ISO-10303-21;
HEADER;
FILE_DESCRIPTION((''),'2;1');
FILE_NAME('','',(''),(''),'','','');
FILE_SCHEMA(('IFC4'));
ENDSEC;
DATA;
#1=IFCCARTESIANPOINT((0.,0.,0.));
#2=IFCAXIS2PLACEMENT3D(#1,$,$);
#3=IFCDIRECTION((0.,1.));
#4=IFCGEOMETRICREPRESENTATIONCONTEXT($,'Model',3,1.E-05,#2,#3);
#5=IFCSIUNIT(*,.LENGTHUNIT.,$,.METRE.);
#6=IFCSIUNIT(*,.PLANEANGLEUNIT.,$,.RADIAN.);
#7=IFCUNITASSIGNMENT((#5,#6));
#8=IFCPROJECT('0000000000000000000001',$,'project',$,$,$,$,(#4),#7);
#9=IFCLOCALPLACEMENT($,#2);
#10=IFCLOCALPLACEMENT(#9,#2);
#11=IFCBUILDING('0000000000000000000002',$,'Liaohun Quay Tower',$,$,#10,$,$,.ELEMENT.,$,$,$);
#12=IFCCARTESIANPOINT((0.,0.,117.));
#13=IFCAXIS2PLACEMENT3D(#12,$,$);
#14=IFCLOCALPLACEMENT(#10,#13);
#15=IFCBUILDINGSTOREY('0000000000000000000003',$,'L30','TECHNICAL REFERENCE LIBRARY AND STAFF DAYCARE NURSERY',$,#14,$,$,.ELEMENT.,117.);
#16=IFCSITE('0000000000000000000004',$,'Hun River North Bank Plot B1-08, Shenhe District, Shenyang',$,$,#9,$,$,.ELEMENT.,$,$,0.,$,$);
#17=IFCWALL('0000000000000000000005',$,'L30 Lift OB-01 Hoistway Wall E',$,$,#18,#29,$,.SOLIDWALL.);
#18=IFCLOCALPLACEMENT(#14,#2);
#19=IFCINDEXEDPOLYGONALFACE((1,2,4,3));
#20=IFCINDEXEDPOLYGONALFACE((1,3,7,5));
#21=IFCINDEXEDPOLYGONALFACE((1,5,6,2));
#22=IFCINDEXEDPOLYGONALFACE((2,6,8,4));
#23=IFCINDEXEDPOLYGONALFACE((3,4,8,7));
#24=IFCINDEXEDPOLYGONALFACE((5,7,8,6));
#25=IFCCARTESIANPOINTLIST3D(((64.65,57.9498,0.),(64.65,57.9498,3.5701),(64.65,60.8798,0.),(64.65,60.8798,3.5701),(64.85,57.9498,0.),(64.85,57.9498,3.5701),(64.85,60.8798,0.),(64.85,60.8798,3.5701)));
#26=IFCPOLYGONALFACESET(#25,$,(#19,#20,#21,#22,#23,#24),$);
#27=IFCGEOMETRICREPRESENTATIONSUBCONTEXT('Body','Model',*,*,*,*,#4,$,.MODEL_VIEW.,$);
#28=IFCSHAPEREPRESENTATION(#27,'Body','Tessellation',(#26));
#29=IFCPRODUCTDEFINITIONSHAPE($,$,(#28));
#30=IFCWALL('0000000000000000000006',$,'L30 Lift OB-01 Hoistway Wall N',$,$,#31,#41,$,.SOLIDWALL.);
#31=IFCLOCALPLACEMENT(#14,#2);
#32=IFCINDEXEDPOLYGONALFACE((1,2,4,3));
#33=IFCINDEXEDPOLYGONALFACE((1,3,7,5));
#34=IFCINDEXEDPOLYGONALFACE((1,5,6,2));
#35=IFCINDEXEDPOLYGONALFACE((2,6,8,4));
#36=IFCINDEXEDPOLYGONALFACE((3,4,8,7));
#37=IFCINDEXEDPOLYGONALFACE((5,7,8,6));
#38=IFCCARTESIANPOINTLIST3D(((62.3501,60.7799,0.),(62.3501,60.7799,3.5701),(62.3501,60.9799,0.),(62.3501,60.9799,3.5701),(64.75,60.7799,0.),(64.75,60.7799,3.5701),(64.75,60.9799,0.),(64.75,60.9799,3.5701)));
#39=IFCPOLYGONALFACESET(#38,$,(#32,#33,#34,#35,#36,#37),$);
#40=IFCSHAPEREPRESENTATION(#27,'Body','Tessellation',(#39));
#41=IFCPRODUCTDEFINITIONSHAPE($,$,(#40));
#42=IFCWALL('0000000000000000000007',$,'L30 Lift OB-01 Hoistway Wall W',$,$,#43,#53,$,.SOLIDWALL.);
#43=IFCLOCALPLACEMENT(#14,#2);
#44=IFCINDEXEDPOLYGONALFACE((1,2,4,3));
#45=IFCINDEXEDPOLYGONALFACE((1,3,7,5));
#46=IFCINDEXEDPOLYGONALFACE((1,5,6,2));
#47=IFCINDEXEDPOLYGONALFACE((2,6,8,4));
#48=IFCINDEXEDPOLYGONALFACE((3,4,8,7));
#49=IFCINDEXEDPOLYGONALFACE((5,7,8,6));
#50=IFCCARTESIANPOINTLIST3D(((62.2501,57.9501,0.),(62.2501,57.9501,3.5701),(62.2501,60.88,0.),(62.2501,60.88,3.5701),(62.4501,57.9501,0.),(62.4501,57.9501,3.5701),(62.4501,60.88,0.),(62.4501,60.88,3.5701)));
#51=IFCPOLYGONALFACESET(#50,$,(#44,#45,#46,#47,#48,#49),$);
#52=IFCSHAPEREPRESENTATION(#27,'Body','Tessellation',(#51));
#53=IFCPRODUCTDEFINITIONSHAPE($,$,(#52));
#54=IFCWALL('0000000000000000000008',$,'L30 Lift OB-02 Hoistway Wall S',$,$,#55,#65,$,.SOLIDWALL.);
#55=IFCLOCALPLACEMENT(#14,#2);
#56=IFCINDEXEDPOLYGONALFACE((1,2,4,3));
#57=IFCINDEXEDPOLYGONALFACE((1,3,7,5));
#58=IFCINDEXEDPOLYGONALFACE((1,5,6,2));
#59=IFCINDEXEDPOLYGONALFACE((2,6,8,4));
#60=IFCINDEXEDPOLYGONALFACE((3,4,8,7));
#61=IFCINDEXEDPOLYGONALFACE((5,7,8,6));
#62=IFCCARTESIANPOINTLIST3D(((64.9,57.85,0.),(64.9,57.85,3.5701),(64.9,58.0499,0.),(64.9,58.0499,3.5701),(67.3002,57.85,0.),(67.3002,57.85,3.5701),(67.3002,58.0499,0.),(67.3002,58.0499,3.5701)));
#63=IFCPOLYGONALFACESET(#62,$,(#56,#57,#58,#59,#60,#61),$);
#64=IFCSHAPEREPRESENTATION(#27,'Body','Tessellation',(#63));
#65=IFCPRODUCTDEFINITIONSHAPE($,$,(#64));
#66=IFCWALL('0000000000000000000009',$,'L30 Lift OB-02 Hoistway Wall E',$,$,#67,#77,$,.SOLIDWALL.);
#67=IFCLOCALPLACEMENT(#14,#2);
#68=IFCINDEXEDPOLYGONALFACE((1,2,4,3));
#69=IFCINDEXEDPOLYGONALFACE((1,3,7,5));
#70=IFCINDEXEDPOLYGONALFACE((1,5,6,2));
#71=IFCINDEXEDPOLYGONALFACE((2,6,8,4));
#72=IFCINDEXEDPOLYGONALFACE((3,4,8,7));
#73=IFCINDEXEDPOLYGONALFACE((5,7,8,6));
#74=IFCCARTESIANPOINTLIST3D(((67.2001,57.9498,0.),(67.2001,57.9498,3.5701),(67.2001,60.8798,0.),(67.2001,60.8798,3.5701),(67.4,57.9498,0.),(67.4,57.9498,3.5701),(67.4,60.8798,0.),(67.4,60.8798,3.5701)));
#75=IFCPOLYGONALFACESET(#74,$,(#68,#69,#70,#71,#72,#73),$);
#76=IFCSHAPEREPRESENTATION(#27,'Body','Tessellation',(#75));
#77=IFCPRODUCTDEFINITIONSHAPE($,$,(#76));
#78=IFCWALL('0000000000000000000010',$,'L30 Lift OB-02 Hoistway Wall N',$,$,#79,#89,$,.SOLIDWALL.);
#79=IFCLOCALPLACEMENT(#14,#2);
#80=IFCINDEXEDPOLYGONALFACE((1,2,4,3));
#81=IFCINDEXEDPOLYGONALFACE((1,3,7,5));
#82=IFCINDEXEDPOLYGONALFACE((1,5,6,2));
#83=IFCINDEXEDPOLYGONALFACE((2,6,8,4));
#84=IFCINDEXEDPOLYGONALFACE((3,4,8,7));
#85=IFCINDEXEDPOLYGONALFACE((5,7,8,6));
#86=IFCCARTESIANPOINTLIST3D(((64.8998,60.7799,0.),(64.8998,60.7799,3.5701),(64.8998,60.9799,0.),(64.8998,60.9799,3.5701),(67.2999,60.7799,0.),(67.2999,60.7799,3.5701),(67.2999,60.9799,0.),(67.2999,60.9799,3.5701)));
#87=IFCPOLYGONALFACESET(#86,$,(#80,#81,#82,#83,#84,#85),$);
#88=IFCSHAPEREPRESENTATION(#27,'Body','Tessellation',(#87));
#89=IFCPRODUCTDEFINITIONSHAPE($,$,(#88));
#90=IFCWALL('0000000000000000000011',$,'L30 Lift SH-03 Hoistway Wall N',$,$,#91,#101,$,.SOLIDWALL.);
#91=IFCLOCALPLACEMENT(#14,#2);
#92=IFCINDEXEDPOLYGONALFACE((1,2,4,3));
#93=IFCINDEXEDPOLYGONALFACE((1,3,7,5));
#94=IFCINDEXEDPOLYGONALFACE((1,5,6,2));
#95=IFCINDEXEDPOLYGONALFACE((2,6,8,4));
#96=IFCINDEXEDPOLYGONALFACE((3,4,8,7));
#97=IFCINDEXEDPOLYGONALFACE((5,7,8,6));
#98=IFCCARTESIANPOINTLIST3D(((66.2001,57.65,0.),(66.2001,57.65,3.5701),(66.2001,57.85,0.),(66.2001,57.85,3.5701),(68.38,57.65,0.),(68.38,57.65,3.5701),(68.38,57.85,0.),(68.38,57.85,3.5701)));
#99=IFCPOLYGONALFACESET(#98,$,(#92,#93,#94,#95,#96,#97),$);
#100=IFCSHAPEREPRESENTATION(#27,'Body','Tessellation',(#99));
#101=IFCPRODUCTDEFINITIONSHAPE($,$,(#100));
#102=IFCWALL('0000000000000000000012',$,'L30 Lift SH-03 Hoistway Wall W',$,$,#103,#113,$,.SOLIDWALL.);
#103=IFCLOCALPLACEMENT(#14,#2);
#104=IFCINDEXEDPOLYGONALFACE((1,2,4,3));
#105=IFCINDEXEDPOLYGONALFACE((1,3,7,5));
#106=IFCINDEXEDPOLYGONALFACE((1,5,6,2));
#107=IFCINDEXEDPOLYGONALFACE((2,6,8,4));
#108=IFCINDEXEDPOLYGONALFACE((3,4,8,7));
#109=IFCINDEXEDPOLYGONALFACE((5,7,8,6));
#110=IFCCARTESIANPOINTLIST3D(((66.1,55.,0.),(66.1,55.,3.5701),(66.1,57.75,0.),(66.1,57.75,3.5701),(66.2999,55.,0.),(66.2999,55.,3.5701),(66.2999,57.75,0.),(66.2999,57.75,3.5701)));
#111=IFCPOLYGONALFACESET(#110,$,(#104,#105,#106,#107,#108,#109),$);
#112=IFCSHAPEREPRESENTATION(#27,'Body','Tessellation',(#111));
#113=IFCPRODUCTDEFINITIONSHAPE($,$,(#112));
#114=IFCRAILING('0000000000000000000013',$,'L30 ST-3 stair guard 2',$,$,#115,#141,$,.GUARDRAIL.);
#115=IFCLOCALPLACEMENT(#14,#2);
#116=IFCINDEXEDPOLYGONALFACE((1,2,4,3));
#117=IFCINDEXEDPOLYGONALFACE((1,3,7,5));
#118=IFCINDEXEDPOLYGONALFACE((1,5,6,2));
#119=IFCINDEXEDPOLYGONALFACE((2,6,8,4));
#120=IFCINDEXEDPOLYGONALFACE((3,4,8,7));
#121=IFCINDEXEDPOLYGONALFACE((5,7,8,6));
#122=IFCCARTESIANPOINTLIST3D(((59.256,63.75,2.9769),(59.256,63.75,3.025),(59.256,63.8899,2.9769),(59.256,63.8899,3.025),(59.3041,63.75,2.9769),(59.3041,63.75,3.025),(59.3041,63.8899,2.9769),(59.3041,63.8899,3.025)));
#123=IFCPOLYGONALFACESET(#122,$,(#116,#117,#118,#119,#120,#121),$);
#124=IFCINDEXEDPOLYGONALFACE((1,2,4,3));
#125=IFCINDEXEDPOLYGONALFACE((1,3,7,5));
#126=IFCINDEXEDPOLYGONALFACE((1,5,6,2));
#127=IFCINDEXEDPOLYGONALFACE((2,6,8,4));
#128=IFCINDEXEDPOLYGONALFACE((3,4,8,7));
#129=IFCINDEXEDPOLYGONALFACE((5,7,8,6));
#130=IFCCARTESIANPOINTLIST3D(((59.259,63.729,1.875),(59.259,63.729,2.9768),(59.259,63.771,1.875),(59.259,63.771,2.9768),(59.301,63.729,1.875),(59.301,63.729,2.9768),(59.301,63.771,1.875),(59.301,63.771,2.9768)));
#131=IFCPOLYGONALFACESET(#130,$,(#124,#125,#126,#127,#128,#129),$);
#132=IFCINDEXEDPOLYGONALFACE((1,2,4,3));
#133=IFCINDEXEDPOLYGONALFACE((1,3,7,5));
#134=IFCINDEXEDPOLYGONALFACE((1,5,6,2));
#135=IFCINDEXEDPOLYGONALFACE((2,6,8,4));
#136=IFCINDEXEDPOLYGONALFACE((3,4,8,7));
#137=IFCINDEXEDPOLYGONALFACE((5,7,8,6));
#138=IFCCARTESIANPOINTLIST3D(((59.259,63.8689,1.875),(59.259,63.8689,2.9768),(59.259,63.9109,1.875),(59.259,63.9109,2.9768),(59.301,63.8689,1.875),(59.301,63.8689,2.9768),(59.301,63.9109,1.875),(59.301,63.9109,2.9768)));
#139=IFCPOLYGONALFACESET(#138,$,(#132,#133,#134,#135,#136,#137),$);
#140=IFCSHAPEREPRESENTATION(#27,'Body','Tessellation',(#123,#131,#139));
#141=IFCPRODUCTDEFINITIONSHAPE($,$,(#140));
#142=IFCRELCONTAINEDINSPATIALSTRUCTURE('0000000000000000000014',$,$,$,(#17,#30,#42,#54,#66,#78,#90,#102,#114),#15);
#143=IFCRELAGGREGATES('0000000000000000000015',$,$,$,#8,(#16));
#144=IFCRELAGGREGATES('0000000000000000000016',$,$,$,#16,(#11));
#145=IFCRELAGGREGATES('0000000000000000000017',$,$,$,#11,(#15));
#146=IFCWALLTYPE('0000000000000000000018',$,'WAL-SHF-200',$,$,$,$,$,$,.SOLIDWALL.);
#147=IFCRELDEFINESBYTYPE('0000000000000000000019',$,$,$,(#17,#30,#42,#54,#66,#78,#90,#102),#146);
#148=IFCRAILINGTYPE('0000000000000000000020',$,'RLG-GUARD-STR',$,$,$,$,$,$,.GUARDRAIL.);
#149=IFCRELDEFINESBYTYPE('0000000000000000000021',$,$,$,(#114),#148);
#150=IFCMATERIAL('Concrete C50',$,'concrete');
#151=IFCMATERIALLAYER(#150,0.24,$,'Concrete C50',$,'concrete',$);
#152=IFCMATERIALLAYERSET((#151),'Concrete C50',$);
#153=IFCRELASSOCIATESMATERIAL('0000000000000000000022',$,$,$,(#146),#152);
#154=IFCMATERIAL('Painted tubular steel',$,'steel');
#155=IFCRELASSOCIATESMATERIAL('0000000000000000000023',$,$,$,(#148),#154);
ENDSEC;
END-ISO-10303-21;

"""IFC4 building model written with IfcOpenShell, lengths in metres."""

from ifc_helpers import new_model, si_unit, direction, frame, frame_2d, origin, origin_2d, place, context, subcontext, project, spatial, rectangle, extrude, material, layer, layer_set, type_object, element, save


model = new_model("IFC4")

# Units and contexts
model_context = context("Model", 3, precision=1e-05, world=origin(), true_north=direction((0.0, 1.0)))
body_context = subcontext(model_context, "Body", "Model", "MODEL_VIEW")
ifc_project = project(units=[si_unit("LENGTHUNIT", "METRE"), si_unit("PLANEANGLEUNIT", "RADIAN")], contexts=[model_context])

# Site, building, storey
site_placement = place(None, origin())
site = spatial("IfcSite", under=ifc_project, at=site_placement, Name="Hun River North Bank Plot B1-08, Shenhe District, Shenyang", CompositionType="ELEMENT", RefElevation=0.0)
building_placement = place(site_placement, origin())
building = spatial("IfcBuilding", under=site, at=building_placement, Name="Liaohun Quay Tower", CompositionType="ELEMENT")
storey_placement = place(building_placement, frame((0.0, 0.0, 117.0)))
storey = spatial("IfcBuildingStorey", under=building, at=storey_placement, Name="L30", Description="TECHNICAL REFERENCE LIBRARY AND STAFF DAYCARE NURSERY", CompositionType="ELEMENT", Elevation=117.0)

# Shared definitions
ifc_material_1 = material(Name="Concrete C50", Category="concrete")
ifc_layer_1 = layer(ifc_material_1, 0.24, Name="Concrete C50", Category="concrete")
ifc_layer_set_1 = layer_set([ifc_layer_1], Name="Concrete C50")
wall_type_1 = type_object("IfcWallType", Name="WAL-SHF-200", PredefinedType="SOLIDWALL", material=ifc_layer_set_1)

# Walls
wall_1_placement = place(storey_placement, frame((64.75, 57.95, 0.0), z_axis=(0.0, 0.0, 1.0), x_axis=(0.0, 1.0, 0.0)))
element("IfcWall", 1, at=wall_1_placement, inside=storey, type_object=wall_type_1, Name="L30 Lift OB-01 Hoistway Wall E", PredefinedType="SOLIDWALL", context=body_context, shape_type="SweptSolid", body=[
    extrude(rectangle(XDim=2.9299, YDim=0.2, at=frame_2d((1.4648, 0.0))), origin(), (0.0, 0.0, 1.0), 3.5701),
])
wall_2_placement = place(storey_placement, frame((64.75, 60.8799, 0.0), z_axis=(0.0, 0.0, 1.0), x_axis=(-1.0, 0.0, 0.0)))
element("IfcWall", 2, at=wall_2_placement, inside=storey, type_object=wall_type_1, Name="L30 Lift OB-01 Hoistway Wall N", PredefinedType="SOLIDWALL", context=body_context, shape_type="SweptSolid", body=[
    extrude(rectangle(XDim=2.3999, YDim=0.2, at=frame_2d((1.2, 0.0))), origin(), (0.0, 0.0, 1.0), 3.5701),
])
wall_3_placement = place(storey_placement, frame((62.3501, 60.8799, 0.0), z_axis=(0.0, 0.0, 1.0), x_axis=(0.0, -1.0, 0.0)))
element("IfcWall", 3, at=wall_3_placement, inside=storey, type_object=wall_type_1, Name="L30 Lift OB-01 Hoistway Wall W", PredefinedType="SOLIDWALL", context=body_context, shape_type="SweptSolid", body=[
    extrude(rectangle(XDim=2.9299, YDim=0.2, at=frame_2d((1.4648, 0.0))), origin(), (0.0, 0.0, 1.0), 3.5701),
])
wall_4_placement = place(storey_placement, frame((64.8999, 57.95, 0.0), z_axis=(0.0, 0.0, 1.0), x_axis=(1.0, 0.0, 0.0)))
element("IfcWall", 4, at=wall_4_placement, inside=storey, type_object=wall_type_1, Name="L30 Lift OB-02 Hoistway Wall S", PredefinedType="SOLIDWALL", context=body_context, shape_type="SweptSolid", body=[
    extrude(rectangle(XDim=2.4001, YDim=0.2, at=frame_2d((1.2002, 0.0))), origin(), (0.0, 0.0, 1.0), 3.5701),
])
wall_5_placement = place(storey_placement, frame((67.3, 57.95, 0.0), z_axis=(0.0, 0.0, 1.0), x_axis=(0.0, 1.0, 0.0)))
element("IfcWall", 5, at=wall_5_placement, inside=storey, type_object=wall_type_1, Name="L30 Lift OB-02 Hoistway Wall E", PredefinedType="SOLIDWALL", context=body_context, shape_type="SweptSolid", body=[
    extrude(rectangle(XDim=2.9299, YDim=0.2, at=frame_2d((1.4648, 0.0))), origin(), (0.0, 0.0, 1.0), 3.5701),
])
wall_6_placement = place(storey_placement, frame((67.3, 60.8799, 0.0), z_axis=(0.0, 0.0, 1.0), x_axis=(-1.0, 0.0, 0.0)))
element("IfcWall", 6, at=wall_6_placement, inside=storey, type_object=wall_type_1, Name="L30 Lift OB-02 Hoistway Wall N", PredefinedType="SOLIDWALL", context=body_context, shape_type="SweptSolid", body=[
    extrude(rectangle(XDim=2.4001, YDim=0.2, at=frame_2d((1.2002, 0.0))), origin(), (0.0, 0.0, 1.0), 3.5701),
])
wall_7_placement = place(storey_placement, frame((68.3799, 57.75, 0.0), z_axis=(0.0, 0.0, 1.0), x_axis=(-1.0, 0.0, 0.0)))
element("IfcWall", 7, at=wall_7_placement, inside=storey, type_object=wall_type_1, Name="L30 Lift SH-03 Hoistway Wall N", PredefinedType="SOLIDWALL", context=body_context, shape_type="SweptSolid", body=[
    extrude(rectangle(XDim=2.1799, YDim=0.2, at=frame_2d((1.0898, 0.0))), origin(), (0.0, 0.0, 1.0), 3.5701),
])
wall_8_placement = place(storey_placement, frame((66.2, 57.75, 0.0), z_axis=(0.0, 0.0, 1.0), x_axis=(0.0, -1.0, 0.0)))
element("IfcWall", 8, at=wall_8_placement, inside=storey, type_object=wall_type_1, Name="L30 Lift SH-03 Hoistway Wall W", PredefinedType="SOLIDWALL", context=body_context, shape_type="SweptSolid", body=[
    extrude(rectangle(XDim=2.75, YDim=0.2, at=frame_2d((1.375, 0.0))), origin(), (0.0, 0.0, 1.0), 3.5701),
])

# Railing
ifc_material_2 = material(Name="Painted tubular steel", Category="steel")
railing_type = type_object("IfcRailingType", Name="RLG-GUARD-STR", PredefinedType="GUARDRAIL", material=ifc_material_2)
railing_placement = place(storey_placement, frame((59.28, 63.75, 1.875)))
element("IfcRailing", 9, at=railing_placement, inside=storey, type_object=railing_type, Name="L30 ST-3 stair guard 2", PredefinedType="GUARDRAIL", context=body_context, shape_type="SweptSolid", body=[
    extrude(rectangle(XDim=0.0481, YDim=0.0481, at=origin_2d()), frame((0.0, 0.0, 1.126), z_axis=(0.0, 1.0, 0.0), x_axis=(-1.0, 0.0, 0.0)), (0.0, 0.0, 1.0), 0.1399),
    extrude(rectangle(XDim=0.042, YDim=0.042, at=origin_2d()), origin(), (0.0, 0.0, 1.0), 1.1018),
    extrude(rectangle(XDim=0.042, YDim=0.042, at=origin_2d()), frame((0.0, 0.1399, 0.0)), (0.0, 0.0, 1.0), 1.1018),
])

save(model, "model.ifc")
